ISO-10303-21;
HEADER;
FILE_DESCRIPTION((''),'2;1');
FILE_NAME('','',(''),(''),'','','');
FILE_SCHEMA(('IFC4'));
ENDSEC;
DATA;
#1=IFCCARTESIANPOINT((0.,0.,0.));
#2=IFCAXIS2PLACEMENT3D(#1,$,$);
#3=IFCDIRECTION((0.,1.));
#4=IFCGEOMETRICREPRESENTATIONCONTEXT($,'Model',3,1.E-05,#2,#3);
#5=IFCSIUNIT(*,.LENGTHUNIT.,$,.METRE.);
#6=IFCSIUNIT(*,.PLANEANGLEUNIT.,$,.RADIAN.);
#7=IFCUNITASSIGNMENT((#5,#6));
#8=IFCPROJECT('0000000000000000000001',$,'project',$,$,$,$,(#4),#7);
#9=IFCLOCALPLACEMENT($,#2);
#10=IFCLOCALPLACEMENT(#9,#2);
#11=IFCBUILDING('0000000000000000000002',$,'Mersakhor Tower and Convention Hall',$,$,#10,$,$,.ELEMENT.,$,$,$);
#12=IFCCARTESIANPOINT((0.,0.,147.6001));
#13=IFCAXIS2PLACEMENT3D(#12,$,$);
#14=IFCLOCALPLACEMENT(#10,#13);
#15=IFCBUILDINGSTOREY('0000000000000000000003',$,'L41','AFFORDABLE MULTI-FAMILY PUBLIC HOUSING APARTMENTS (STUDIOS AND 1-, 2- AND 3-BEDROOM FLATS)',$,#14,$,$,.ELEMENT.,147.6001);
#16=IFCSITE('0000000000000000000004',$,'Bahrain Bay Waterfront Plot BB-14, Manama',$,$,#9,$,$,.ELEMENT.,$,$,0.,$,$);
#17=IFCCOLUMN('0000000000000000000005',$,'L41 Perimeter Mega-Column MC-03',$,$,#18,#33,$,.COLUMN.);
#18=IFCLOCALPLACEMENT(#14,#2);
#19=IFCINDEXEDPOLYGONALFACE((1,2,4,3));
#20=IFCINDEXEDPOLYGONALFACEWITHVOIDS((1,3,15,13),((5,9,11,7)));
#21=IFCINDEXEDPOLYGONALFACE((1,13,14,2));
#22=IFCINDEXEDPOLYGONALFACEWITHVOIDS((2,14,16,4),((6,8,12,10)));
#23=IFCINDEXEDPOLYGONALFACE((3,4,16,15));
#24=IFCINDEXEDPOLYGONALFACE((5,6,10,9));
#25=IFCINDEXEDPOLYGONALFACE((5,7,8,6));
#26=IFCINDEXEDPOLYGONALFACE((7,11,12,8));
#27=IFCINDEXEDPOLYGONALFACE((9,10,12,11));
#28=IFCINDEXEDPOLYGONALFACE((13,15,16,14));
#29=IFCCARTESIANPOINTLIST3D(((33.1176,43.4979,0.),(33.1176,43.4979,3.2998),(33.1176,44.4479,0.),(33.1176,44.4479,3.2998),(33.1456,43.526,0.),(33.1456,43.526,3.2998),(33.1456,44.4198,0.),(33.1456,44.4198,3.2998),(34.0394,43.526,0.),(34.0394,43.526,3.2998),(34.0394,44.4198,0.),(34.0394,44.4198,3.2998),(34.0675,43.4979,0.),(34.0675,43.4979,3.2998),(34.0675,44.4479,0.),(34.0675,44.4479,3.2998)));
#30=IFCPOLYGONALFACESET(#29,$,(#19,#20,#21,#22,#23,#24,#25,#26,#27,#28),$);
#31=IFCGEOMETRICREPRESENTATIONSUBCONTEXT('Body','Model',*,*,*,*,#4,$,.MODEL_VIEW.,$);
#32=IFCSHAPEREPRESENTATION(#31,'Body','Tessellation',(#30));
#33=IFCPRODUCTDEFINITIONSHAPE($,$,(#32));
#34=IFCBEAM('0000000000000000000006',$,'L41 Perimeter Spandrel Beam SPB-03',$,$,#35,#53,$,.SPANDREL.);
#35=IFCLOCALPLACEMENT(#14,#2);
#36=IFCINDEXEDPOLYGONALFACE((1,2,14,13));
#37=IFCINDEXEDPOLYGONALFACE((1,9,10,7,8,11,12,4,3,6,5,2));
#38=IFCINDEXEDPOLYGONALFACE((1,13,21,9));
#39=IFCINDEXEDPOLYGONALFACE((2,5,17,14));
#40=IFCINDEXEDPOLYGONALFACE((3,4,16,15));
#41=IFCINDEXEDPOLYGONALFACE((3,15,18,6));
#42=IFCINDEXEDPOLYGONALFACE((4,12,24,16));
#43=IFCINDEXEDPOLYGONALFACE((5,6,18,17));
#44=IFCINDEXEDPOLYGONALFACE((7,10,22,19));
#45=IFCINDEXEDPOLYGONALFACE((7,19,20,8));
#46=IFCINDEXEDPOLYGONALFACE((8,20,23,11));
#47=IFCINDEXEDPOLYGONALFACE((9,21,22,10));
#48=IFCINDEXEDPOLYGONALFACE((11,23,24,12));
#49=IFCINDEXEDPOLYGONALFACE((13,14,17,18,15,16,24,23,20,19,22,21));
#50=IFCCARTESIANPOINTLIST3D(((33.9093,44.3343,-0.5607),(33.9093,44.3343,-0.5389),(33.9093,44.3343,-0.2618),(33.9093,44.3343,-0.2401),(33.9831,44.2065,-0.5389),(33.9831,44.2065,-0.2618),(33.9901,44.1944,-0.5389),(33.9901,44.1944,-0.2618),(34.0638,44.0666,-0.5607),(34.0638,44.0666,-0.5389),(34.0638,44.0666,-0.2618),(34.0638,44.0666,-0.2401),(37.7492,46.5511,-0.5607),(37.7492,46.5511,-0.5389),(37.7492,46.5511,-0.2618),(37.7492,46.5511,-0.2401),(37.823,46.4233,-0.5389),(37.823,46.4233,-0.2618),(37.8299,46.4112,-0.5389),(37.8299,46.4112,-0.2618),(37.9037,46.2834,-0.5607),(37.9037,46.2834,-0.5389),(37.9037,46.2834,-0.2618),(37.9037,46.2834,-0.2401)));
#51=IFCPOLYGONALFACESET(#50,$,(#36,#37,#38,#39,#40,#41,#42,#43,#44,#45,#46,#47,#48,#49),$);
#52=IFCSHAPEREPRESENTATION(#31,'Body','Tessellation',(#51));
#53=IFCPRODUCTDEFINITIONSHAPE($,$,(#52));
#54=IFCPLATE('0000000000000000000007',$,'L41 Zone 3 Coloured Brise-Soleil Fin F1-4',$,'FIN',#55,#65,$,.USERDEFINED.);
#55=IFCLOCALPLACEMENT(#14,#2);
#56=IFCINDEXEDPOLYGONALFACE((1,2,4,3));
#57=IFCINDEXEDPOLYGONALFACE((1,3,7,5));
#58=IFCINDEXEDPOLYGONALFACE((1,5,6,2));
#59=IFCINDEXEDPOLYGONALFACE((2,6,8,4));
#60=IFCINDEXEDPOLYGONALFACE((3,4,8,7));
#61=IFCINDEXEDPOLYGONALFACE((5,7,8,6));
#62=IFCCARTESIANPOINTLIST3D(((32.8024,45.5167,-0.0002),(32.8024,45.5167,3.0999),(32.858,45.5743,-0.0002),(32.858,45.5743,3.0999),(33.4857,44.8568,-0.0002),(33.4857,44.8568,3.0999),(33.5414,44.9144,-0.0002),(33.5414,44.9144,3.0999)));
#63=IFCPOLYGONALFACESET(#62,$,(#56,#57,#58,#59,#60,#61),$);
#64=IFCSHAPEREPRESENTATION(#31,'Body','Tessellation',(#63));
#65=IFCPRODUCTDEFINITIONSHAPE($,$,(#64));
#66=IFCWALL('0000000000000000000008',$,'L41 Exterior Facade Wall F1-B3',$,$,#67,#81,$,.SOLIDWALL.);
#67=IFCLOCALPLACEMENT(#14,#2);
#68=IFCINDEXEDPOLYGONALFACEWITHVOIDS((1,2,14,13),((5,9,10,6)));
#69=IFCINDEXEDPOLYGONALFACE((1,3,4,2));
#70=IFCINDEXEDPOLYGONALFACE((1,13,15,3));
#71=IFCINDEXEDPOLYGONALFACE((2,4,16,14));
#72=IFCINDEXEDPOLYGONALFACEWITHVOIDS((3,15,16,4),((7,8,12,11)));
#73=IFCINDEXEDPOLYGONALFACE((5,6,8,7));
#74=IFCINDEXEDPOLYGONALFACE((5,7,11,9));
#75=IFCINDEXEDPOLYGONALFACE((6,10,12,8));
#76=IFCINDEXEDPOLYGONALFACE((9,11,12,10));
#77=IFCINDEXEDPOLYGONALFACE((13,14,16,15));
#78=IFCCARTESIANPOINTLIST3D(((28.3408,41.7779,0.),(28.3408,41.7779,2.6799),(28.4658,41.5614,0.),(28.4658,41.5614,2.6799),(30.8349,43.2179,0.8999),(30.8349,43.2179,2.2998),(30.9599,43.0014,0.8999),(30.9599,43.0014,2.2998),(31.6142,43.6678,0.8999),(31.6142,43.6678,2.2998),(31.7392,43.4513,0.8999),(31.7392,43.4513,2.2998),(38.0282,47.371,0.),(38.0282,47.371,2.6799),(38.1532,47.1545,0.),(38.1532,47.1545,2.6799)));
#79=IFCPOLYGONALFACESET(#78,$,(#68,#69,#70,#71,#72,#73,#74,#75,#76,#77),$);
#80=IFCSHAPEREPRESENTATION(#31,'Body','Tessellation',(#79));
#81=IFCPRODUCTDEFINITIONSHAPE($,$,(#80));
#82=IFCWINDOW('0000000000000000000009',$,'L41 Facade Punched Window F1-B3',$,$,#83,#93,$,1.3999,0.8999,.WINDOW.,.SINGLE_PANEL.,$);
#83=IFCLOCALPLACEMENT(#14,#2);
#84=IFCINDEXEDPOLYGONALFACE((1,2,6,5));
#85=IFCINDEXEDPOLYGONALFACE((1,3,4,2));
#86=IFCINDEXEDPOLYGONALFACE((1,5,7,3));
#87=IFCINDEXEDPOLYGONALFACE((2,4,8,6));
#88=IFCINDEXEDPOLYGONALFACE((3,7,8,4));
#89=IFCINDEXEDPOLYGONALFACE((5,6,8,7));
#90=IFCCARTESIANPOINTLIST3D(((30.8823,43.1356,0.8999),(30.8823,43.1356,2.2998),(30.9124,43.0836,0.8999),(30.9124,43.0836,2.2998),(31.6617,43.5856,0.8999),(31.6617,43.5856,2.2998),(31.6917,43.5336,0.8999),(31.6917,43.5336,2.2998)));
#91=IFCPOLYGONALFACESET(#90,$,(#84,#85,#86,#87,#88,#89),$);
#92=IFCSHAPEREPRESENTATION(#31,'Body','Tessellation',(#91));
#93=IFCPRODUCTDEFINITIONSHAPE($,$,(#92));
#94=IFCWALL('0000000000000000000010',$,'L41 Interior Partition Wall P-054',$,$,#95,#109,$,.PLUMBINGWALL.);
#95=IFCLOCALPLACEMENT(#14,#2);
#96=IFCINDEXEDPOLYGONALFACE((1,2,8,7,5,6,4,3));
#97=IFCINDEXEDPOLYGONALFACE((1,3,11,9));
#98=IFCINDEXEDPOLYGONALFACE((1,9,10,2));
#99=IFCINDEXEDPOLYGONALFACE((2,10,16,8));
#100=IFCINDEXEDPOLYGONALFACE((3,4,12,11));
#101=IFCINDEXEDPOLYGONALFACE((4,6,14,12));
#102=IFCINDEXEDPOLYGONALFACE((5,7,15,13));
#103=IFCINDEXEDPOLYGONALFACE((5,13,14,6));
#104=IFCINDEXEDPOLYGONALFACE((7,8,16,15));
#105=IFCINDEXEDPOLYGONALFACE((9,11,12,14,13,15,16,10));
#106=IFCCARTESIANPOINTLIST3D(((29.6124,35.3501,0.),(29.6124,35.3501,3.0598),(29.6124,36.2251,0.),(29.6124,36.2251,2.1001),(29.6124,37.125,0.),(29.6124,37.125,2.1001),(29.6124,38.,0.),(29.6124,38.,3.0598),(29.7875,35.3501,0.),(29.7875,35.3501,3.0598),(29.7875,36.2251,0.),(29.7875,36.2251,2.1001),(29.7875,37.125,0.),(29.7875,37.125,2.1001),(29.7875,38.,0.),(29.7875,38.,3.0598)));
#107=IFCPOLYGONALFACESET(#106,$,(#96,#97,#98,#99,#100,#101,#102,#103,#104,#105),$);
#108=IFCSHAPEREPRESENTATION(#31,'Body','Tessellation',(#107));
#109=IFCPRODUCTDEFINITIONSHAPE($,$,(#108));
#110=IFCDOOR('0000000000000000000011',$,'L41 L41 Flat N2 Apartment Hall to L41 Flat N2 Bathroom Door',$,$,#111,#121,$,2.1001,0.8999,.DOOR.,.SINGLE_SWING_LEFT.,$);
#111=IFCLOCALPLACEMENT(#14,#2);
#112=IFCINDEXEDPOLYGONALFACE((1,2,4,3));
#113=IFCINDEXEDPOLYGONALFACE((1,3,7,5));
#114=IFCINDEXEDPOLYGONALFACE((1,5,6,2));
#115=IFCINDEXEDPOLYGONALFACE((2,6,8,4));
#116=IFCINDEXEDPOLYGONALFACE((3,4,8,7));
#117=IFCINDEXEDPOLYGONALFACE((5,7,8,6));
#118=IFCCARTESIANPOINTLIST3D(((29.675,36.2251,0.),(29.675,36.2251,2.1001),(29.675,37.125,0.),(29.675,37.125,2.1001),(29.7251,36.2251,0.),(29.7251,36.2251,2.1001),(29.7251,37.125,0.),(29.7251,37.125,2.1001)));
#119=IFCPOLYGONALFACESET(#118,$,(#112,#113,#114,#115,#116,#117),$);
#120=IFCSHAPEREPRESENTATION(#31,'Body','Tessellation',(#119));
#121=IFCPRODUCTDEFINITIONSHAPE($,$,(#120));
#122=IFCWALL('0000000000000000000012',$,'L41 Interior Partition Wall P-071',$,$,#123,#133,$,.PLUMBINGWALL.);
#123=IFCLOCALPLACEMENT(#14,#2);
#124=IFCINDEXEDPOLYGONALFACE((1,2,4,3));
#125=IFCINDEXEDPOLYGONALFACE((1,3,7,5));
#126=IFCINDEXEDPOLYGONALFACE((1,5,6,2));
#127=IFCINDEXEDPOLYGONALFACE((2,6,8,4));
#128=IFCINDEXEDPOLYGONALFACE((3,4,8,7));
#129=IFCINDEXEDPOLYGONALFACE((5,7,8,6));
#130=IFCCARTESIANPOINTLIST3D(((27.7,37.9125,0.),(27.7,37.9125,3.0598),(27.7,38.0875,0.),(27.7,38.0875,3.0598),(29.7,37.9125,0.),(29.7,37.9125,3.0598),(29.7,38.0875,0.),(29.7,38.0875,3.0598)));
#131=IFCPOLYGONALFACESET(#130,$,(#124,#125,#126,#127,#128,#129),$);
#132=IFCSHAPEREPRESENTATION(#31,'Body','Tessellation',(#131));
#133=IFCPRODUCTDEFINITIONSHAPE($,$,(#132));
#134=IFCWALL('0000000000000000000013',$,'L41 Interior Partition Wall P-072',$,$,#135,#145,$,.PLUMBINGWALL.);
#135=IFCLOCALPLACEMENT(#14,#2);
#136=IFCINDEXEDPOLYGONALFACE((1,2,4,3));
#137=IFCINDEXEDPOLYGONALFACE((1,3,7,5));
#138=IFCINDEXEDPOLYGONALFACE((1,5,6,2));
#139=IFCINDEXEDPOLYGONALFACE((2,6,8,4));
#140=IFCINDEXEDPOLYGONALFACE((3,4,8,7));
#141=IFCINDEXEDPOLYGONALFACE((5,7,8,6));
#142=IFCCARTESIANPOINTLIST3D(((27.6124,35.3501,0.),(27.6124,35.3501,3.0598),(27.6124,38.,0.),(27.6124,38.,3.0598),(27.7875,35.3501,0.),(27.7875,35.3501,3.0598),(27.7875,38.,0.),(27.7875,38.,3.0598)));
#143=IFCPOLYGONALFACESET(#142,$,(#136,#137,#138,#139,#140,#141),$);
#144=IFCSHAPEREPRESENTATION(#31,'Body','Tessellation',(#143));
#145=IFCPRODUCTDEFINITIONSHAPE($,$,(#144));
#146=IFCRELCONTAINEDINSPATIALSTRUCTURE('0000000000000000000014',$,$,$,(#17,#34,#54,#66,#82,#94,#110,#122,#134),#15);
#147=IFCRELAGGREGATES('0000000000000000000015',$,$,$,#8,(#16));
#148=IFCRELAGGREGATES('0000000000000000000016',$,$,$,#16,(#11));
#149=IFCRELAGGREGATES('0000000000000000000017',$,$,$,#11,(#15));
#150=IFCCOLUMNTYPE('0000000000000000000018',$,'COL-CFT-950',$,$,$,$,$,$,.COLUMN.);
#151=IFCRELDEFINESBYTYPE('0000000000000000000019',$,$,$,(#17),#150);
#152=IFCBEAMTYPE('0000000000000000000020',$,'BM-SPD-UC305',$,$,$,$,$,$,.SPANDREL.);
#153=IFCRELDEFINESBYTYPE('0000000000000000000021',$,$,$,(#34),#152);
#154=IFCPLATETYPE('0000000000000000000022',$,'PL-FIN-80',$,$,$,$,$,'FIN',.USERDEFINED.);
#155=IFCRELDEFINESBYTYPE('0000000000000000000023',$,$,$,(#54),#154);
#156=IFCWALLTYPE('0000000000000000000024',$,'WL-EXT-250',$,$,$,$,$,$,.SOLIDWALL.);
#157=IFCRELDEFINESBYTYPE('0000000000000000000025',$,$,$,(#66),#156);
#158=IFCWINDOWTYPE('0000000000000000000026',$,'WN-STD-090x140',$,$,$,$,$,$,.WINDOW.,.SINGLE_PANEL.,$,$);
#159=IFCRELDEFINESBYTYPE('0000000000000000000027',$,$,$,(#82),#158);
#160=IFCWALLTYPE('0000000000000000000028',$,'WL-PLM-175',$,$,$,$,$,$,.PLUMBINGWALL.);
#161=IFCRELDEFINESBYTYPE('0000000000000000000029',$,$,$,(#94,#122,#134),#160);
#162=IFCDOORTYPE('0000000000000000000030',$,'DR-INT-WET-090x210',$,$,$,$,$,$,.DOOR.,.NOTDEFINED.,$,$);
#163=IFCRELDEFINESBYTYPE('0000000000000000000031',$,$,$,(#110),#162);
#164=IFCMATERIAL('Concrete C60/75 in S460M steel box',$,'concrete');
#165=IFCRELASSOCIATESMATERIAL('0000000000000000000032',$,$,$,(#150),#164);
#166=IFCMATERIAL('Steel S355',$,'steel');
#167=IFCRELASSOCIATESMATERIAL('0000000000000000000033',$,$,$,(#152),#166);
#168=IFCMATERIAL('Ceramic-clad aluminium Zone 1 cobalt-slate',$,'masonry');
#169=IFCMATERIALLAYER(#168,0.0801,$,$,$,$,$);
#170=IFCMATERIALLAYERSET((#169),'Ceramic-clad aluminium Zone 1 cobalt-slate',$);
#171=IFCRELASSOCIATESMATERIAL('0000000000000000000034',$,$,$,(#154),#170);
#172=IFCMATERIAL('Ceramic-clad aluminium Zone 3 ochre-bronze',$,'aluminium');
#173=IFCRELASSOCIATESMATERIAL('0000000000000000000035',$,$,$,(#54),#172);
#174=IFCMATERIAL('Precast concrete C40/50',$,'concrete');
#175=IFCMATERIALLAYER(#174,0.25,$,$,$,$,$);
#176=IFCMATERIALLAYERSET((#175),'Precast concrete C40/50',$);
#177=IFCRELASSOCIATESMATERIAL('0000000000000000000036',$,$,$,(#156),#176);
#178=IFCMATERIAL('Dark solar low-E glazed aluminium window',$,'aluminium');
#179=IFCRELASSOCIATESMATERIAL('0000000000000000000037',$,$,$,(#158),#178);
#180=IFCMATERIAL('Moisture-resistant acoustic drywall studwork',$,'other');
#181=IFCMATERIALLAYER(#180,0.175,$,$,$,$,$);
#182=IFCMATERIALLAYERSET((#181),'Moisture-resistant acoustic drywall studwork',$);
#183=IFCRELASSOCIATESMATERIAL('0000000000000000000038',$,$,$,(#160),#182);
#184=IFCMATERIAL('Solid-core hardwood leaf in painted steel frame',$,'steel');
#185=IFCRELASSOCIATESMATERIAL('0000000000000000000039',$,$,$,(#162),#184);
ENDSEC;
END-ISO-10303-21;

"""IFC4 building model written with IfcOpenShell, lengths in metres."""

from ifc_helpers import new_model, si_unit, direction, frame, frame_2d, origin, origin_2d, place, context, subcontext, project, spatial, rectangle, hollow_rectangle, i_section, extrude, material, layer, layer_set, material_profile, profile_set, type_object, element, fill, save


model = new_model("IFC4")

# Units and contexts
model_context = context("Model", 3, precision=1e-05, world=origin(), true_north=direction((0.0, 1.0)))
body_context = subcontext(model_context, "Body", "Model", "MODEL_VIEW")
ifc_project = project(units=[si_unit("LENGTHUNIT", "METRE"), si_unit("PLANEANGLEUNIT", "RADIAN")], contexts=[model_context])

# Site, building, storey
site_placement = place(None, origin())
site = spatial("IfcSite", under=ifc_project, at=site_placement, Name="Bahrain Bay Waterfront Plot BB-14, Manama", CompositionType="ELEMENT", RefElevation=0.0)
building_placement = place(site_placement, origin())
building = spatial("IfcBuilding", under=site, at=building_placement, Name="Mersakhor Tower and Convention Hall", CompositionType="ELEMENT")
storey_placement = place(building_placement, frame((0.0, 0.0, 147.6001)))
storey = spatial("IfcBuildingStorey", under=building, at=storey_placement, Name="L41", Description="AFFORDABLE MULTI-FAMILY PUBLIC HOUSING APARTMENTS (STUDIOS AND 1-, 2- AND 3-BEDROOM FLATS)", CompositionType="ELEMENT", Elevation=147.6001)

# Column
ifc_material_1 = material(Name="Concrete C60/75 in S460M steel box", Category="concrete")
ifc_material_profile_1 = material_profile(ifc_material_1, hollow_rectangle(XDim=0.95, YDim=0.95, WallThickness=0.0281, at=origin_2d()), Name="SHS 950x950x28")
ifc_profile_set_1 = profile_set([ifc_material_profile_1], Name="Concrete C60/75 in S460M steel box")
column_type = type_object("IfcColumnType", Name="COL-CFT-950", PredefinedType="COLUMN", material=ifc_profile_set_1)
column_placement = place(storey_placement, frame((33.5925, 43.9729, 0.0), z_axis=(0.0, 0.0, 1.0), x_axis=(1.0, 0.0, 0.0)))
element("IfcColumn", 1, at=column_placement, inside=storey, type_object=column_type, Name="L41 Perimeter Mega-Column MC-03", PredefinedType="COLUMN", context=body_context, shape_type="SweptSolid", body=[
    extrude(hollow_rectangle(XDim=0.95, YDim=0.95, WallThickness=0.0281, at=origin_2d()), origin(), (0.0, 0.0, 1.0), 3.2998),
])

# Beam
ifc_material_2 = material(Name="Steel S355", Category="steel")
ifc_material_profile_2 = material_profile(ifc_material_2, i_section(OverallWidth=0.3091, OverallDepth=0.3206, WebThickness=0.0139, FlangeThickness=0.0217, at=origin_2d()), Name="UC 305x305x137")
ifc_profile_set_2 = profile_set([ifc_material_profile_2], Name="Steel S355")
beam_type = type_object("IfcBeamType", Name="BM-SPD-UC305", PredefinedType="SPANDREL", material=ifc_profile_set_2)
beam_placement = place(storey_placement, frame((33.9866, 44.2004, -0.4004), z_axis=(0.866039, 0.499977, 0.0), x_axis=(-0.499977, 0.866039, 0.0)))
element("IfcBeam", 2, at=beam_placement, inside=storey, type_object=beam_type, Name="L41 Perimeter Spandrel Beam SPB-03", PredefinedType="SPANDREL", context=body_context, shape_type="SweptSolid", body=[
    extrude(i_section(OverallWidth=0.3091, OverallDepth=0.3206, WebThickness=0.0139, FlangeThickness=0.0217, at=origin_2d()), origin(), (0.0, 0.0, 1.0), 4.4338),
])

# Plate
ifc_material_3 = material(Name="Ceramic-clad aluminium Zone 3 ochre-bronze", Category="aluminium")
ifc_material_4 = material(Name="Ceramic-clad aluminium Zone 1 cobalt-slate", Category="masonry")
ifc_layer_1 = layer(ifc_material_4, 0.0801)
ifc_layer_set_1 = layer_set([ifc_layer_1], Name="Ceramic-clad aluminium Zone 1 cobalt-slate")
plate_type = type_object("IfcPlateType", Name="PL-FIN-80", ElementType="FIN", PredefinedType="USERDEFINED", material=ifc_layer_set_1)
plate_placement = place(storey_placement, frame((33.1719, 45.2156, -0.0002), z_axis=(0.0, 0.0, 1.0), x_axis=(-0.71934, 0.694658, 0.0)))
element("IfcPlate", 3, at=plate_placement, inside=storey, type_object=plate_type, material=ifc_material_3, Name="L41 Zone 3 Coloured Brise-Soleil Fin F1-4", ObjectType="FIN", PredefinedType="USERDEFINED", context=body_context, shape_type="SweptSolid", body=[
    extrude(rectangle(XDim=0.95, YDim=0.0801, at=origin_2d()), origin(), (0.0, 0.0, 1.0), 3.1001),
])

# Wall, opening, window
ifc_material_5 = material(Name="Precast concrete C40/50", Category="concrete")
ifc_layer_2 = layer(ifc_material_5, 0.25)
ifc_layer_set_2 = layer_set([ifc_layer_2], Name="Precast concrete C40/50")
wall_type_1 = type_object("IfcWallType", Name="WL-EXT-250", PredefinedType="SOLIDWALL", material=ifc_layer_set_2)
wall_1_placement = place(storey_placement, frame((28.4033, 41.6697, 0.0), z_axis=(0.0, 0.0, 1.0), x_axis=(0.866022, 0.500005, 0.0)))
wall_1 = element("IfcWall", 4, at=wall_1_placement, inside=storey, type_object=wall_type_1, Name="L41 Exterior Facade Wall F1-B3", PredefinedType="SOLIDWALL", context=body_context, shape_type="SweptSolid", body=[
    extrude(rectangle(XDim=11.186, YDim=0.25, at=frame_2d((5.593, 0.0))), origin(), (0.0, 0.0, 1.0), 2.6799),
])
opening_1_placement = place(wall_1_placement, frame((2.8799, 0.0, 0.8999)))
opening_1 = element("IfcOpeningElement", 5, at=opening_1_placement, cuts=wall_1, PredefinedType="OPENING", context=body_context, shape_type="SweptSolid", body=[
    extrude(rectangle(XDim=0.8999, YDim=1.3999, at=frame_2d((0.45, 0.7))), frame((0.0, 0.135, 0.0), z_axis=(0.0, -1.0, 0.0), x_axis=(1.0, 0.0, 0.0)), (0.0, 0.0, 1.0), 0.27),
])
ifc_material_6 = material(Name="Dark solar low-E glazed aluminium window", Category="aluminium")
window_type = type_object("IfcWindowType", Name="WN-STD-090x140", PartitioningType="SINGLE_PANEL", PredefinedType="WINDOW", material=ifc_material_6)
window_placement = place(opening_1_placement, origin())
window = element("IfcWindow", 6, at=window_placement, inside=storey, type_object=window_type, Name="L41 Facade Punched Window F1-B3", OverallHeight=1.3999, OverallWidth=0.8999, PartitioningType="SINGLE_PANEL", PredefinedType="WINDOW", context=body_context, shape_type="SweptSolid", body=[
    extrude(rectangle(XDim=0.8999, YDim=1.3999, at=frame_2d((0.45, 0.7))), frame((0.0, 0.03, 0.0), z_axis=(0.0, -1.0, 0.0), x_axis=(1.0, 0.0, 0.0)), (0.0, 0.0, 1.0), 0.0601),
])
fill(opening_1, window)

# Wall, opening, door
ifc_material_7 = material(Name="Moisture-resistant acoustic drywall studwork", Category="other")
ifc_layer_3 = layer(ifc_material_7, 0.175)
ifc_layer_set_3 = layer_set([ifc_layer_3], Name="Moisture-resistant acoustic drywall studwork")
wall_type_2 = type_object("IfcWallType", Name="WL-PLM-175", PredefinedType="PLUMBINGWALL", material=ifc_layer_set_3)
wall_2_placement = place(storey_placement, frame((29.7, 35.3501, 0.0), z_axis=(0.0, 0.0, 1.0), x_axis=(0.0, 1.0, 0.0)))
wall_2 = element("IfcWall", 7, at=wall_2_placement, inside=storey, type_object=wall_type_2, Name="L41 Interior Partition Wall P-054", PredefinedType="PLUMBINGWALL", context=body_context, shape_type="SweptSolid", body=[
    extrude(rectangle(XDim=2.6499, YDim=0.175, at=frame_2d((1.325, 0.0))), origin(), (0.0, 0.0, 1.0), 3.0598),
])
opening_2_placement = place(wall_2_placement, frame((0.875, 0.0, 0.0)))
opening_2 = element("IfcOpeningElement", 8, at=opening_2_placement, cuts=wall_2, PredefinedType="OPENING", context=body_context, shape_type="SweptSolid", body=[
    extrude(rectangle(XDim=0.8999, YDim=2.1001, at=frame_2d((0.45, 1.05))), frame((0.0, 0.0974, 0.0), z_axis=(0.0, -1.0, 0.0), x_axis=(1.0, 0.0, 0.0)), (0.0, 0.0, 1.0), 0.1951),
])
ifc_material_8 = material(Name="Solid-core hardwood leaf in painted steel frame", Category="steel")
door_type_1 = type_object("IfcDoorType", Name="DR-INT-WET-090x210", OperationType="NOTDEFINED", PredefinedType="DOOR", material=ifc_material_8)
door_1_placement = place(opening_2_placement, origin())
door_1 = element("IfcDoor", 9, at=door_1_placement, inside=storey, type_object=door_type_1, Name="L41 L41 Flat N2 Apartment Hall to L41 Flat N2 Bathroom Door", OperationType="SINGLE_SWING_LEFT", OverallHeight=2.1001, OverallWidth=0.8999, PredefinedType="DOOR", context=body_context, shape_type="SweptSolid", body=[
    extrude(rectangle(XDim=0.8999, YDim=2.1001, at=frame_2d((0.45, 1.05))), frame((0.0, 0.0249, 0.0), z_axis=(0.0, -1.0, 0.0), x_axis=(1.0, 0.0, 0.0)), (0.0, 0.0, 1.0), 0.05),
])
fill(opening_2, door_1)

# Walls
wall_3_placement = place(storey_placement, frame((27.7, 38.0, 0.0), z_axis=(0.0, 0.0, 1.0), x_axis=(1.0, 0.0, 0.0)))
element("IfcWall", 10, at=wall_3_placement, inside=storey, type_object=wall_type_2, Name="L41 Interior Partition Wall P-071", PredefinedType="PLUMBINGWALL", context=body_context, shape_type="SweptSolid", body=[
    extrude(rectangle(XDim=2.0, YDim=0.175, at=frame_2d((1.0, 0.0))), origin(), (0.0, 0.0, 1.0), 3.0598),
])
wall_4_placement = place(storey_placement, frame((27.7, 35.3501, 0.0), z_axis=(0.0, 0.0, 1.0), x_axis=(0.0, 1.0, 0.0)))
element("IfcWall", 11, at=wall_4_placement, inside=storey, type_object=wall_type_2, Name="L41 Interior Partition Wall P-072", PredefinedType="PLUMBINGWALL", context=body_context, shape_type="SweptSolid", body=[
    extrude(rectangle(XDim=2.6499, YDim=0.175, at=frame_2d((1.325, 0.0))), origin(), (0.0, 0.0, 1.0), 3.0598),
])

save(model, "model.ifc")
